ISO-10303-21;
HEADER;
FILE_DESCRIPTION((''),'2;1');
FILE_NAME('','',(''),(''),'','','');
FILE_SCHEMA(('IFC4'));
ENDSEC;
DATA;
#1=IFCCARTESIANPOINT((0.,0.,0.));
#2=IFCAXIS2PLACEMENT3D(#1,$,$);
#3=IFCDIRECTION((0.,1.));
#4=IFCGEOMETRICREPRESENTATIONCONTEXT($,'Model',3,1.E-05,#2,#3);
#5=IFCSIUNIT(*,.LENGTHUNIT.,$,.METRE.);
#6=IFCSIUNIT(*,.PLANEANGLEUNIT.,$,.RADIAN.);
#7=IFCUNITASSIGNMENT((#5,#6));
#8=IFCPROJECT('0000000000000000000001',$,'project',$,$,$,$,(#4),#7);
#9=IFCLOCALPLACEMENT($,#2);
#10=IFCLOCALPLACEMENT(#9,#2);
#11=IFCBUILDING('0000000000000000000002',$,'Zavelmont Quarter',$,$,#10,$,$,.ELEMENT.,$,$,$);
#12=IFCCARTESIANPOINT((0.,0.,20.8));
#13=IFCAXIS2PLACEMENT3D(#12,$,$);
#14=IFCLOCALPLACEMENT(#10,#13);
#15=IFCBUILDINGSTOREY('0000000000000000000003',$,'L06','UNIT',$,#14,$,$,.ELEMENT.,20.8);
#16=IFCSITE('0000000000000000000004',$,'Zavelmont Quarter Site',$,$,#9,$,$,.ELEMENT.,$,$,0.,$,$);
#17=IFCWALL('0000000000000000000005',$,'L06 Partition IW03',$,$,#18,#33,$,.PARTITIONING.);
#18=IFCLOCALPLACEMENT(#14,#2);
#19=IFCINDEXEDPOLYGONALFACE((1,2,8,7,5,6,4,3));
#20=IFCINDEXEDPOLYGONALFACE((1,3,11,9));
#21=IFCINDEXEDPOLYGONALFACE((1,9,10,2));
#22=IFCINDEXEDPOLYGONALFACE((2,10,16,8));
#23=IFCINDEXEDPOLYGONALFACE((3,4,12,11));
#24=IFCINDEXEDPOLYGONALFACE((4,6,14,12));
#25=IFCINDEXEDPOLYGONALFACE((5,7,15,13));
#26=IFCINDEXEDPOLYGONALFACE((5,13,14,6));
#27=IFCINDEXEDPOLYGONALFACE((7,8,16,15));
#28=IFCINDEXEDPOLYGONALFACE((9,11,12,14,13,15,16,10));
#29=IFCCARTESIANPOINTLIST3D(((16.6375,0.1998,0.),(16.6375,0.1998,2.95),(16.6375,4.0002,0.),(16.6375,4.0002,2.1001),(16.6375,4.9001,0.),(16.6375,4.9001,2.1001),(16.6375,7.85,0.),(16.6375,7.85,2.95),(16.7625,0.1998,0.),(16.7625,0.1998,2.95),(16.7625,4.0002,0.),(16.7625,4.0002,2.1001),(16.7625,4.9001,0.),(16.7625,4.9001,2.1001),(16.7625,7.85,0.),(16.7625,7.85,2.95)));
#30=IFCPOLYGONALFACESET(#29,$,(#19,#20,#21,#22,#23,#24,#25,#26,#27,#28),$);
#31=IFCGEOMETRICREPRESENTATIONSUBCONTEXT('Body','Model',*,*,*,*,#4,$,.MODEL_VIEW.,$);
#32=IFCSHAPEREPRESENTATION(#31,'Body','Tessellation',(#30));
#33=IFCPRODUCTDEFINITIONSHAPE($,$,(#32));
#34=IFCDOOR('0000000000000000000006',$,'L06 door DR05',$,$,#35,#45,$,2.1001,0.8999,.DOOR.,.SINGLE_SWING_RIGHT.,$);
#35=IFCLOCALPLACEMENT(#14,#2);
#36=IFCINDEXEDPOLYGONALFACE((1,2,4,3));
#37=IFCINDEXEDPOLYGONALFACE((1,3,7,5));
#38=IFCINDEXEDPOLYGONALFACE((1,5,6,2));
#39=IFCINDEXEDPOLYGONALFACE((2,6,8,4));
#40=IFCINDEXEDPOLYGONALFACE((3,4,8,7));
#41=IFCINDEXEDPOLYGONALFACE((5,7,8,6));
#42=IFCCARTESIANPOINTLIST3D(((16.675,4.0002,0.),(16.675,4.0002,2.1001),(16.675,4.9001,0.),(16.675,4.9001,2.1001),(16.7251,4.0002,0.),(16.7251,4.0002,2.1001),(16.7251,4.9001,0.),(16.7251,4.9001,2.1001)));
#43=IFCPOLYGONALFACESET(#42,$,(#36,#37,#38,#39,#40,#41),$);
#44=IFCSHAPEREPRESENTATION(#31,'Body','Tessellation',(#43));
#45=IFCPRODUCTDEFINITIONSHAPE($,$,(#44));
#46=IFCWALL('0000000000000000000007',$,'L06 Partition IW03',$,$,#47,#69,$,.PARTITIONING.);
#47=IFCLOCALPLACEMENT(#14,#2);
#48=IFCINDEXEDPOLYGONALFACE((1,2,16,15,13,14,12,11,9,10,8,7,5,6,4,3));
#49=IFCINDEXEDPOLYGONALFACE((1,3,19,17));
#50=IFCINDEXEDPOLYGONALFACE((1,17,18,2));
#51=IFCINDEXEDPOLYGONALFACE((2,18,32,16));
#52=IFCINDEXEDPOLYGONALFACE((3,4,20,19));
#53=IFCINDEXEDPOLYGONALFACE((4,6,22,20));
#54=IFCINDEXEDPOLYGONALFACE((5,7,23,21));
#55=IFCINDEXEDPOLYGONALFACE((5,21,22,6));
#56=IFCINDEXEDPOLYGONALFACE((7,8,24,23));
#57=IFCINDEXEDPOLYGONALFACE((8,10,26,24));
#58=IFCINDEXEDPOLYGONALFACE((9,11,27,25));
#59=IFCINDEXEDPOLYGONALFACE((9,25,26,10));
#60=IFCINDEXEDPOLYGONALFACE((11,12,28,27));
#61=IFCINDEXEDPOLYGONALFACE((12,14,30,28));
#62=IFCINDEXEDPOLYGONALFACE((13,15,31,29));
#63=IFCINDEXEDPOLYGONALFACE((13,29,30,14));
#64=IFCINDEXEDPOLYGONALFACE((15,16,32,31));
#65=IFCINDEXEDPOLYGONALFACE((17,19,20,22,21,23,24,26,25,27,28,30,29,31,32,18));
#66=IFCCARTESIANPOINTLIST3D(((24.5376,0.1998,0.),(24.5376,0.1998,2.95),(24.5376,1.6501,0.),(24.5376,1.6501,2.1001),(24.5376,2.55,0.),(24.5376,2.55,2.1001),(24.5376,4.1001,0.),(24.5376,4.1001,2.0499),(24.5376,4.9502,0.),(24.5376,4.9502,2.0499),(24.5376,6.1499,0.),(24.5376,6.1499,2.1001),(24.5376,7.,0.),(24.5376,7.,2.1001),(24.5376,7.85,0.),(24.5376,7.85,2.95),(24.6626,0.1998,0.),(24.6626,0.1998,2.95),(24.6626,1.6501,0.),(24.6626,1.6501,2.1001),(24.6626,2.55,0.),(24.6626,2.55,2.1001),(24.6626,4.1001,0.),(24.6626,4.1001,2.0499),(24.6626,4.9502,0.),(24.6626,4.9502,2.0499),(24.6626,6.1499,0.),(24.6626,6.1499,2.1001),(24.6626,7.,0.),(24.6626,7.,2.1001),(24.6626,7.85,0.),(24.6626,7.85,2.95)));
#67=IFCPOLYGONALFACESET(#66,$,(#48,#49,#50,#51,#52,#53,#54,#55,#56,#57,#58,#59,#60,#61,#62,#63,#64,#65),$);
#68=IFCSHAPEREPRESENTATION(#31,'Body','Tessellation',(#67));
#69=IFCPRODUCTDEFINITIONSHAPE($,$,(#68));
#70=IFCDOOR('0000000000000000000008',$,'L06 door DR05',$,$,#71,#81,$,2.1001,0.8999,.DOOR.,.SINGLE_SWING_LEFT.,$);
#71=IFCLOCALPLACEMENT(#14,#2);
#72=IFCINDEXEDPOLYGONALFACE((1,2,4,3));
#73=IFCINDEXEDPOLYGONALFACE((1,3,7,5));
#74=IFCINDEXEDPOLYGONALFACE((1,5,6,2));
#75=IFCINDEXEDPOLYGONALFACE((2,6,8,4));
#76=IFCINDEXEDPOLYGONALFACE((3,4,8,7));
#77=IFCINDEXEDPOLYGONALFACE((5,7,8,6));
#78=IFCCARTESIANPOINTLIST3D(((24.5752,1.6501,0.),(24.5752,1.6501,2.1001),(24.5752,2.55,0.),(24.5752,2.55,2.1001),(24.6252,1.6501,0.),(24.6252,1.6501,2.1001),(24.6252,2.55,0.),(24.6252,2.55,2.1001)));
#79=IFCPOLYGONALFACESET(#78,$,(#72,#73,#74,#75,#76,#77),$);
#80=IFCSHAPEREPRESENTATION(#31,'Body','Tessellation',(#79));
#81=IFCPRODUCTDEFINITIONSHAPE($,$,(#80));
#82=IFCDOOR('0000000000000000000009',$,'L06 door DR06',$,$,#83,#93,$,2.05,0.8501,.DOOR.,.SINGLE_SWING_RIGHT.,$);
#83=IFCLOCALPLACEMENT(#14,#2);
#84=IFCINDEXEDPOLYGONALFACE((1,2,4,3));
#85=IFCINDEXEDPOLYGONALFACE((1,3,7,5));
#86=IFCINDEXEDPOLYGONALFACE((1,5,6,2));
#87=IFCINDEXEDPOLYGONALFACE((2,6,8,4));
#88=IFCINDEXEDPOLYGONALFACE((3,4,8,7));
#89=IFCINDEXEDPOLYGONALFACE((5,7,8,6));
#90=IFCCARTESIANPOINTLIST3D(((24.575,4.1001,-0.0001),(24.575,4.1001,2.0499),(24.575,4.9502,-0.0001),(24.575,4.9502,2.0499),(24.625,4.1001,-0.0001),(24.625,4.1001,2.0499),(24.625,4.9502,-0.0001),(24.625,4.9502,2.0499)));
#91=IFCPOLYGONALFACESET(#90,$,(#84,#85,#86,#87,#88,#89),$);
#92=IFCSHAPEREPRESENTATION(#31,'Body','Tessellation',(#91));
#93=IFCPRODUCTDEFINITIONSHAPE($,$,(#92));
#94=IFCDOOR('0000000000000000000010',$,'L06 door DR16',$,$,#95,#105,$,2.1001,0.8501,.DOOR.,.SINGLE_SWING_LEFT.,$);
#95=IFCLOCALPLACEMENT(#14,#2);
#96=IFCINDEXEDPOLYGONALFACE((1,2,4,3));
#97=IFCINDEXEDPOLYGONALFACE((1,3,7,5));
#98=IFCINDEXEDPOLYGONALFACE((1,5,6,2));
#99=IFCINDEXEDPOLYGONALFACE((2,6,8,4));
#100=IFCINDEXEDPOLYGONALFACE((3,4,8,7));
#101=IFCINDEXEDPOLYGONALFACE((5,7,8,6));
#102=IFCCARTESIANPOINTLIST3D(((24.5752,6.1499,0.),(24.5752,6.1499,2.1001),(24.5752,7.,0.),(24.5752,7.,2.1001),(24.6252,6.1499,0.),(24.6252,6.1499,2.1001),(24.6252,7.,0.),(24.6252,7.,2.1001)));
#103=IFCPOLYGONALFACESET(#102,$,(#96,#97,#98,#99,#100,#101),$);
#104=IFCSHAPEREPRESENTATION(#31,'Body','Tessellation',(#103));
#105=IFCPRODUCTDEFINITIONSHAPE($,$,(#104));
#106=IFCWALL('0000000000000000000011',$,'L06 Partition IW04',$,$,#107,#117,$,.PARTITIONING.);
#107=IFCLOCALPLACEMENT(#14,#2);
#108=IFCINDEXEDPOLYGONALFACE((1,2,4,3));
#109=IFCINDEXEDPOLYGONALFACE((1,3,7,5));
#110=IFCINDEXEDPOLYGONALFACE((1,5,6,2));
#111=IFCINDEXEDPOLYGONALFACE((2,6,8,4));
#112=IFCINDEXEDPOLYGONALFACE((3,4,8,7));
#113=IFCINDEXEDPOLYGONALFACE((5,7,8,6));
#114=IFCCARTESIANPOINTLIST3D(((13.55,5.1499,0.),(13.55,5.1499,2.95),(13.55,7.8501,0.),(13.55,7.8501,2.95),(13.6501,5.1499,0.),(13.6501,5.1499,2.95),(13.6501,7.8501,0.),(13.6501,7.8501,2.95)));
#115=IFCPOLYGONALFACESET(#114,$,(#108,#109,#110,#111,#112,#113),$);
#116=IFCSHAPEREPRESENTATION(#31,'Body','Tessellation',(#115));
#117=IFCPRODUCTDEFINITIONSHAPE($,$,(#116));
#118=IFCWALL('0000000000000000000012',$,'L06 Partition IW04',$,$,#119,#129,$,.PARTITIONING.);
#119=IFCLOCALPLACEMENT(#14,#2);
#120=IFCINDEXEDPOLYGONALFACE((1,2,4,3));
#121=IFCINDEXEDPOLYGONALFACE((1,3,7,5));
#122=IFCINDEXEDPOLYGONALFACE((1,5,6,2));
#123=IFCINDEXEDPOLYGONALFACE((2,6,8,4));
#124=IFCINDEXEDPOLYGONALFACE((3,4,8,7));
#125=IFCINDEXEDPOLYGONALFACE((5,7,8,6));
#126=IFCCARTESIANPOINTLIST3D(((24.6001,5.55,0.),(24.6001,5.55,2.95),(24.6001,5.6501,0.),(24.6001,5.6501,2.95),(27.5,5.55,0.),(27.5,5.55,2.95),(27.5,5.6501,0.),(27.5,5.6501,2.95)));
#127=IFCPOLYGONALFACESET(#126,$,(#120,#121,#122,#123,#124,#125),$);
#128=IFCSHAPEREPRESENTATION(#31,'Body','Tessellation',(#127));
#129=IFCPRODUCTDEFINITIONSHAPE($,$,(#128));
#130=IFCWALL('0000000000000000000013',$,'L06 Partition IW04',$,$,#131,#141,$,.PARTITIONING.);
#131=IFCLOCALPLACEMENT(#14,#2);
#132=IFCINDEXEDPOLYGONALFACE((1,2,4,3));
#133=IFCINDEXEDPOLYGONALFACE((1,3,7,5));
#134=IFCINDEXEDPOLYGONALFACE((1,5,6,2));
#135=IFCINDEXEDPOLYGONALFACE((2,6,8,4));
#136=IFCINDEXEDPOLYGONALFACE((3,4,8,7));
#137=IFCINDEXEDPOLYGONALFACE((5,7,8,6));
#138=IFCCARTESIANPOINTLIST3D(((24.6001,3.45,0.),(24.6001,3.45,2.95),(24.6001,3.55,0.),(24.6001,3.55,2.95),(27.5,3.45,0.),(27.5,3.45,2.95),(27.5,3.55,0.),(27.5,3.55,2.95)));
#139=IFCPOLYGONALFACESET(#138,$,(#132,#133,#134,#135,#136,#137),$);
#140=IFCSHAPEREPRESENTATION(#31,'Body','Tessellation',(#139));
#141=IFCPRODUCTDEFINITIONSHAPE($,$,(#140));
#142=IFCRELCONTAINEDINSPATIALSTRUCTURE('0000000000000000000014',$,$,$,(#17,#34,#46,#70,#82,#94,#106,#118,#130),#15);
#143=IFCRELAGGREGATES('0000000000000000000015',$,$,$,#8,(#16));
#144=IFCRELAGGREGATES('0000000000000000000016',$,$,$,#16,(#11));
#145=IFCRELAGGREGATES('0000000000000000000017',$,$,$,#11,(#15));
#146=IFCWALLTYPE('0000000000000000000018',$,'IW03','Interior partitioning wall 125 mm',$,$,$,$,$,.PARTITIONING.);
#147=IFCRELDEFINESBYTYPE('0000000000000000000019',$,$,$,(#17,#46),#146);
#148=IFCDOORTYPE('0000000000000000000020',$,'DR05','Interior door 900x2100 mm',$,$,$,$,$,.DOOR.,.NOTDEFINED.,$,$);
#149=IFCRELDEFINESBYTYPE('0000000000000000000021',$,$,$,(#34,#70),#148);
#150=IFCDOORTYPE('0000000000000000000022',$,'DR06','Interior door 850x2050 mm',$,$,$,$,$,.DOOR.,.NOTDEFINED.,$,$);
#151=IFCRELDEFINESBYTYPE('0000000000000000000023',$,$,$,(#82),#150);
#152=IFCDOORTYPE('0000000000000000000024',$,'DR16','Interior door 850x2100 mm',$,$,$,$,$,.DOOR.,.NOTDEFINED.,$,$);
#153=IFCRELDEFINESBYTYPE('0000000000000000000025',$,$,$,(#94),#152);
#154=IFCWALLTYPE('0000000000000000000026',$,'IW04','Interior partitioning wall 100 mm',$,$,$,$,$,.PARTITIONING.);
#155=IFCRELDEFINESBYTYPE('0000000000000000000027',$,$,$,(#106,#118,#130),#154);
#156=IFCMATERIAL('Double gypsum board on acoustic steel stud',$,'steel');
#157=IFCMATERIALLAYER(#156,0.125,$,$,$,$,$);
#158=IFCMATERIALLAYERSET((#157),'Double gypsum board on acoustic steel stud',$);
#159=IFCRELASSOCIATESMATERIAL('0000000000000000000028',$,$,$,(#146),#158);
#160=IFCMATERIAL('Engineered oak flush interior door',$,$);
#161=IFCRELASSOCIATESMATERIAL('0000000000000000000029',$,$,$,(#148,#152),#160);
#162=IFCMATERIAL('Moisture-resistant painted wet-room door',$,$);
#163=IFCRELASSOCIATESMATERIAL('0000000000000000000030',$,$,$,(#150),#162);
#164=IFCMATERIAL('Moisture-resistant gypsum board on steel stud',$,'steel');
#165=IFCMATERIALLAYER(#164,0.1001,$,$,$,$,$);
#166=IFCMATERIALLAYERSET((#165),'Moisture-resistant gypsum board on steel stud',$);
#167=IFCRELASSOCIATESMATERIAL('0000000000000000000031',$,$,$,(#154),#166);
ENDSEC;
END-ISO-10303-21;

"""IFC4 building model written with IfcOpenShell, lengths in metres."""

from ifc_helpers import new_model, si_unit, direction, frame, frame_2d, origin, origin_with_axes, place, context, subcontext, project, spatial, rectangle, extrude, material, layer, layer_set, type_object, element, fill, save


model = new_model("IFC4")

# Units and contexts
model_context = context("Model", 3, precision=1e-05, world=origin(), true_north=direction((0.0, 1.0)))
body_context = subcontext(model_context, "Body", "Model", "MODEL_VIEW")
ifc_project = project(units=[si_unit("LENGTHUNIT", "METRE"), si_unit("PLANEANGLEUNIT", "RADIAN")], contexts=[model_context])

# Site, building, storey
site_placement = place(None, origin())
site = spatial("IfcSite", under=ifc_project, at=site_placement, Name="Zavelmont Quarter Site", CompositionType="ELEMENT", RefElevation=0.0)
building_placement = place(site_placement, origin())
building = spatial("IfcBuilding", under=site, at=building_placement, Name="Zavelmont Quarter", CompositionType="ELEMENT")
storey_placement = place(building_placement, frame((0.0, 0.0, 20.8)))
storey = spatial("IfcBuildingStorey", under=building, at=storey_placement, Name="L06", Description="UNIT", CompositionType="ELEMENT", Elevation=20.8)

# Wall, opening, door
ifc_material_1 = material(Name="Double gypsum board on acoustic steel stud", Category="steel")
ifc_layer_1 = layer(ifc_material_1, 0.125)
ifc_layer_set_1 = layer_set([ifc_layer_1], Name="Double gypsum board on acoustic steel stud")
wall_type_1 = type_object("IfcWallType", Name="IW03", Description="Interior partitioning wall 125 mm", PredefinedType="PARTITIONING", material=ifc_layer_set_1)
wall_1_placement = place(storey_placement, frame((16.7, 7.8501, 0.0), z_axis=(0.0, 0.0, 1.0), x_axis=(0.0, -1.0, 0.0)))
wall_1 = element("IfcWall", 1, at=wall_1_placement, inside=storey, type_object=wall_type_1, Name="L06 Partition IW03", PredefinedType="PARTITIONING", context=body_context, shape_type="SweptSolid", body=[
    extrude(rectangle(XDim=7.6501, YDim=0.125, at=frame_2d((3.8252, 0.0))), origin(), (0.0, 0.0, 1.0), 2.95),
])
opening_1_placement = place(wall_1_placement, frame((2.95, 0.0, 0.0)))
opening_1 = element("IfcOpeningElement", 2, at=opening_1_placement, cuts=wall_1, PredefinedType="OPENING", context=body_context, shape_type="SweptSolid", body=[
    extrude(rectangle(XDim=0.8999, YDim=2.1001, at=frame_2d((0.45, 1.05))), frame((0.0, 0.0745, 0.0), z_axis=(0.0, -1.0, 0.0), x_axis=(1.0, 0.0, 0.0)), (0.0, 0.0, 1.0), 0.1489),
])
ifc_material_2 = material(Name="Engineered oak flush interior door")
door_type_1 = type_object("IfcDoorType", Name="DR05", Description="Interior door 900x2100 mm", OperationType="NOTDEFINED", PredefinedType="DOOR", material=ifc_material_2)
door_1_placement = place(opening_1_placement, frame((0.8999, 0.0, 0.0), z_axis=(0.0, 0.0, 1.0), x_axis=(-1.0, 0.0, 0.0)))
door_1 = element("IfcDoor", 3, at=door_1_placement, inside=storey, type_object=door_type_1, Name="L06 door DR05", OperationType="SINGLE_SWING_RIGHT", OverallHeight=2.1001, OverallWidth=0.8999, PredefinedType="DOOR", context=body_context, shape_type="SweptSolid", body=[
    extrude(rectangle(XDim=0.8999, YDim=2.1001, at=frame_2d((0.45, 1.05))), frame((0.0, 0.0249, 0.0), z_axis=(0.0, -1.0, 0.0), x_axis=(1.0, 0.0, 0.0)), (0.0, 0.0, 1.0), 0.05),
])
fill(opening_1, door_1)

# Wall, openings, doors
wall_2_placement = place(storey_placement, frame((24.6001, 7.8501, 0.0), z_axis=(0.0, 0.0, 1.0), x_axis=(0.0, -1.0, 0.0)))
wall_2 = element("IfcWall", 4, at=wall_2_placement, inside=storey, type_object=wall_type_1, Name="L06 Partition IW03", PredefinedType="PARTITIONING", context=body_context, shape_type="SweptSolid", body=[
    extrude(rectangle(XDim=7.6501, YDim=0.125, at=frame_2d((3.8252, 0.0))), origin(), (0.0, 0.0, 1.0), 2.95),
])
opening_2_placement = place(wall_2_placement, frame((0.8501, 0.0, 0.0)))
opening_2 = element("IfcOpeningElement", 5, at=opening_2_placement, cuts=wall_2, PredefinedType="OPENING", context=body_context, shape_type="SweptSolid", body=[
    extrude(rectangle(XDim=0.8501, YDim=2.1001, at=frame_2d((0.425, 1.05))), frame((0.0, 0.0745, 0.0), z_axis=(0.0, -1.0, 0.0), x_axis=(1.0, 0.0, 0.0)), (0.0, 0.0, 1.0), 0.1489),
])
opening_3_placement = place(wall_2_placement, frame((2.8999, 0.0, 0.0)))
opening_3 = element("IfcOpeningElement", 6, at=opening_3_placement, cuts=wall_2, PredefinedType="OPENING", context=body_context, shape_type="SweptSolid", body=[
    extrude(rectangle(XDim=0.8501, YDim=2.05, at=frame_2d((0.425, 1.0249))), frame((0.0, 0.0745, 0.0), z_axis=(0.0, -1.0, 0.0), x_axis=(1.0, 0.0, 0.0)), (0.0, 0.0, 1.0), 0.1489),
])
opening_4_placement = place(wall_2_placement, frame((5.3, 0.0, 0.0)))
opening_4 = element("IfcOpeningElement", 7, at=opening_4_placement, cuts=wall_2, PredefinedType="OPENING", context=body_context, shape_type="SweptSolid", body=[
    extrude(rectangle(XDim=0.8999, YDim=2.1001, at=frame_2d((0.45, 1.05))), frame((0.0, 0.0745, 0.0), z_axis=(0.0, -1.0, 0.0), x_axis=(1.0, 0.0, 0.0)), (0.0, 0.0, 1.0), 0.1489),
])
door_2_placement = place(opening_4_placement, frame((0.8999, 0.0, 0.0), z_axis=(0.0, 0.0, 1.0), x_axis=(-1.0, 0.0, 0.0)))
door_2 = element("IfcDoor", 8, at=door_2_placement, inside=storey, type_object=door_type_1, Name="L06 door DR05", OperationType="SINGLE_SWING_LEFT", OverallHeight=2.1001, OverallWidth=0.8999, PredefinedType="DOOR", context=body_context, shape_type="SweptSolid", body=[
    extrude(rectangle(XDim=0.8999, YDim=2.1001, at=frame_2d((0.45, 1.05))), frame((0.0, 0.0249, 0.0), z_axis=(0.0, -1.0, 0.0), x_axis=(1.0, 0.0, 0.0)), (0.0, 0.0, 1.0), 0.05),
])
fill(opening_4, door_2)
ifc_material_3 = material(Name="Moisture-resistant painted wet-room door")
door_type_2 = type_object("IfcDoorType", Name="DR06", Description="Interior door 850x2050 mm", OperationType="NOTDEFINED", PredefinedType="DOOR", material=ifc_material_3)
door_3_placement = place(opening_3_placement, origin_with_axes())
door_3 = element("IfcDoor", 9, at=door_3_placement, inside=storey, type_object=door_type_2, Name="L06 door DR06", OperationType="SINGLE_SWING_RIGHT", OverallHeight=2.05, OverallWidth=0.8501, PredefinedType="DOOR", context=body_context, shape_type="SweptSolid", body=[
    extrude(rectangle(XDim=0.8501, YDim=2.05, at=frame_2d((0.425, 1.0249))), frame((0.0, 0.0249, 0.0), z_axis=(0.0, -1.0, 0.0), x_axis=(1.0, 0.0, 0.0)), (0.0, 0.0, 1.0), 0.05),
])
fill(opening_3, door_3)
door_type_3 = type_object("IfcDoorType", Name="DR16", Description="Interior door 850x2100 mm", OperationType="NOTDEFINED", PredefinedType="DOOR", material=ifc_material_2)
door_4_placement = place(opening_2_placement, frame((0.8501, 0.0, 0.0), z_axis=(0.0, 0.0, 1.0), x_axis=(-1.0, 0.0, 0.0)))
door_4 = element("IfcDoor", 10, at=door_4_placement, inside=storey, type_object=door_type_3, Name="L06 door DR16", OperationType="SINGLE_SWING_LEFT", OverallHeight=2.1001, OverallWidth=0.8501, PredefinedType="DOOR", context=body_context, shape_type="SweptSolid", body=[
    extrude(rectangle(XDim=0.8501, YDim=2.1001, at=frame_2d((0.425, 1.05))), frame((0.0, 0.0249, 0.0), z_axis=(0.0, -1.0, 0.0), x_axis=(1.0, 0.0, 0.0)), (0.0, 0.0, 1.0), 0.05),
])
fill(opening_2, door_4)

# Walls
ifc_material_4 = material(Name="Moisture-resistant gypsum board on steel stud", Category="steel")
ifc_layer_2 = layer(ifc_material_4, 0.1001)
ifc_layer_set_2 = layer_set([ifc_layer_2], Name="Moisture-resistant gypsum board on steel stud")
wall_type_2 = type_object("IfcWallType", Name="IW04", Description="Interior partitioning wall 100 mm", PredefinedType="PARTITIONING", material=ifc_layer_set_2)
wall_3_placement = place(storey_placement, frame((13.6001, 7.8501, 0.0), z_axis=(0.0, 0.0, 1.0), x_axis=(0.0, -1.0, 0.0)))
element("IfcWall", 11, at=wall_3_placement, inside=storey, type_object=wall_type_2, Name="L06 Partition IW04", PredefinedType="PARTITIONING", context=body_context, shape_type="SweptSolid", body=[
    extrude(rectangle(XDim=2.7002, YDim=0.1001, at=frame_2d((1.3501, 0.0))), origin(), (0.0, 0.0, 1.0), 2.95),
])
for number, where, z_axis, x_axis, name in (
    (12, (24.6001, 5.6001, 0.0), (0.0, 0.0, 1.0), (1.0, 0.0, 0.0), "L06 Partition IW04"),
    (13, (24.6001, 3.5, 0.0), (0.0, 0.0, 1.0), (1.0, 0.0, 0.0), "L06 Partition IW04"),
):
    element("IfcWall", number, at=place(storey_placement, frame(where, z_axis=z_axis, x_axis=x_axis)), inside=storey, type_object=wall_type_2, Name=name, PredefinedType="PARTITIONING", context=body_context, shape_type="SweptSolid", body=[
        extrude(rectangle(XDim=2.8999, YDim=0.1001, at=frame_2d((1.45, 0.0))), origin(), (0.0, 0.0, 1.0), 2.95),
    ])

save(model, "model.ifc")
